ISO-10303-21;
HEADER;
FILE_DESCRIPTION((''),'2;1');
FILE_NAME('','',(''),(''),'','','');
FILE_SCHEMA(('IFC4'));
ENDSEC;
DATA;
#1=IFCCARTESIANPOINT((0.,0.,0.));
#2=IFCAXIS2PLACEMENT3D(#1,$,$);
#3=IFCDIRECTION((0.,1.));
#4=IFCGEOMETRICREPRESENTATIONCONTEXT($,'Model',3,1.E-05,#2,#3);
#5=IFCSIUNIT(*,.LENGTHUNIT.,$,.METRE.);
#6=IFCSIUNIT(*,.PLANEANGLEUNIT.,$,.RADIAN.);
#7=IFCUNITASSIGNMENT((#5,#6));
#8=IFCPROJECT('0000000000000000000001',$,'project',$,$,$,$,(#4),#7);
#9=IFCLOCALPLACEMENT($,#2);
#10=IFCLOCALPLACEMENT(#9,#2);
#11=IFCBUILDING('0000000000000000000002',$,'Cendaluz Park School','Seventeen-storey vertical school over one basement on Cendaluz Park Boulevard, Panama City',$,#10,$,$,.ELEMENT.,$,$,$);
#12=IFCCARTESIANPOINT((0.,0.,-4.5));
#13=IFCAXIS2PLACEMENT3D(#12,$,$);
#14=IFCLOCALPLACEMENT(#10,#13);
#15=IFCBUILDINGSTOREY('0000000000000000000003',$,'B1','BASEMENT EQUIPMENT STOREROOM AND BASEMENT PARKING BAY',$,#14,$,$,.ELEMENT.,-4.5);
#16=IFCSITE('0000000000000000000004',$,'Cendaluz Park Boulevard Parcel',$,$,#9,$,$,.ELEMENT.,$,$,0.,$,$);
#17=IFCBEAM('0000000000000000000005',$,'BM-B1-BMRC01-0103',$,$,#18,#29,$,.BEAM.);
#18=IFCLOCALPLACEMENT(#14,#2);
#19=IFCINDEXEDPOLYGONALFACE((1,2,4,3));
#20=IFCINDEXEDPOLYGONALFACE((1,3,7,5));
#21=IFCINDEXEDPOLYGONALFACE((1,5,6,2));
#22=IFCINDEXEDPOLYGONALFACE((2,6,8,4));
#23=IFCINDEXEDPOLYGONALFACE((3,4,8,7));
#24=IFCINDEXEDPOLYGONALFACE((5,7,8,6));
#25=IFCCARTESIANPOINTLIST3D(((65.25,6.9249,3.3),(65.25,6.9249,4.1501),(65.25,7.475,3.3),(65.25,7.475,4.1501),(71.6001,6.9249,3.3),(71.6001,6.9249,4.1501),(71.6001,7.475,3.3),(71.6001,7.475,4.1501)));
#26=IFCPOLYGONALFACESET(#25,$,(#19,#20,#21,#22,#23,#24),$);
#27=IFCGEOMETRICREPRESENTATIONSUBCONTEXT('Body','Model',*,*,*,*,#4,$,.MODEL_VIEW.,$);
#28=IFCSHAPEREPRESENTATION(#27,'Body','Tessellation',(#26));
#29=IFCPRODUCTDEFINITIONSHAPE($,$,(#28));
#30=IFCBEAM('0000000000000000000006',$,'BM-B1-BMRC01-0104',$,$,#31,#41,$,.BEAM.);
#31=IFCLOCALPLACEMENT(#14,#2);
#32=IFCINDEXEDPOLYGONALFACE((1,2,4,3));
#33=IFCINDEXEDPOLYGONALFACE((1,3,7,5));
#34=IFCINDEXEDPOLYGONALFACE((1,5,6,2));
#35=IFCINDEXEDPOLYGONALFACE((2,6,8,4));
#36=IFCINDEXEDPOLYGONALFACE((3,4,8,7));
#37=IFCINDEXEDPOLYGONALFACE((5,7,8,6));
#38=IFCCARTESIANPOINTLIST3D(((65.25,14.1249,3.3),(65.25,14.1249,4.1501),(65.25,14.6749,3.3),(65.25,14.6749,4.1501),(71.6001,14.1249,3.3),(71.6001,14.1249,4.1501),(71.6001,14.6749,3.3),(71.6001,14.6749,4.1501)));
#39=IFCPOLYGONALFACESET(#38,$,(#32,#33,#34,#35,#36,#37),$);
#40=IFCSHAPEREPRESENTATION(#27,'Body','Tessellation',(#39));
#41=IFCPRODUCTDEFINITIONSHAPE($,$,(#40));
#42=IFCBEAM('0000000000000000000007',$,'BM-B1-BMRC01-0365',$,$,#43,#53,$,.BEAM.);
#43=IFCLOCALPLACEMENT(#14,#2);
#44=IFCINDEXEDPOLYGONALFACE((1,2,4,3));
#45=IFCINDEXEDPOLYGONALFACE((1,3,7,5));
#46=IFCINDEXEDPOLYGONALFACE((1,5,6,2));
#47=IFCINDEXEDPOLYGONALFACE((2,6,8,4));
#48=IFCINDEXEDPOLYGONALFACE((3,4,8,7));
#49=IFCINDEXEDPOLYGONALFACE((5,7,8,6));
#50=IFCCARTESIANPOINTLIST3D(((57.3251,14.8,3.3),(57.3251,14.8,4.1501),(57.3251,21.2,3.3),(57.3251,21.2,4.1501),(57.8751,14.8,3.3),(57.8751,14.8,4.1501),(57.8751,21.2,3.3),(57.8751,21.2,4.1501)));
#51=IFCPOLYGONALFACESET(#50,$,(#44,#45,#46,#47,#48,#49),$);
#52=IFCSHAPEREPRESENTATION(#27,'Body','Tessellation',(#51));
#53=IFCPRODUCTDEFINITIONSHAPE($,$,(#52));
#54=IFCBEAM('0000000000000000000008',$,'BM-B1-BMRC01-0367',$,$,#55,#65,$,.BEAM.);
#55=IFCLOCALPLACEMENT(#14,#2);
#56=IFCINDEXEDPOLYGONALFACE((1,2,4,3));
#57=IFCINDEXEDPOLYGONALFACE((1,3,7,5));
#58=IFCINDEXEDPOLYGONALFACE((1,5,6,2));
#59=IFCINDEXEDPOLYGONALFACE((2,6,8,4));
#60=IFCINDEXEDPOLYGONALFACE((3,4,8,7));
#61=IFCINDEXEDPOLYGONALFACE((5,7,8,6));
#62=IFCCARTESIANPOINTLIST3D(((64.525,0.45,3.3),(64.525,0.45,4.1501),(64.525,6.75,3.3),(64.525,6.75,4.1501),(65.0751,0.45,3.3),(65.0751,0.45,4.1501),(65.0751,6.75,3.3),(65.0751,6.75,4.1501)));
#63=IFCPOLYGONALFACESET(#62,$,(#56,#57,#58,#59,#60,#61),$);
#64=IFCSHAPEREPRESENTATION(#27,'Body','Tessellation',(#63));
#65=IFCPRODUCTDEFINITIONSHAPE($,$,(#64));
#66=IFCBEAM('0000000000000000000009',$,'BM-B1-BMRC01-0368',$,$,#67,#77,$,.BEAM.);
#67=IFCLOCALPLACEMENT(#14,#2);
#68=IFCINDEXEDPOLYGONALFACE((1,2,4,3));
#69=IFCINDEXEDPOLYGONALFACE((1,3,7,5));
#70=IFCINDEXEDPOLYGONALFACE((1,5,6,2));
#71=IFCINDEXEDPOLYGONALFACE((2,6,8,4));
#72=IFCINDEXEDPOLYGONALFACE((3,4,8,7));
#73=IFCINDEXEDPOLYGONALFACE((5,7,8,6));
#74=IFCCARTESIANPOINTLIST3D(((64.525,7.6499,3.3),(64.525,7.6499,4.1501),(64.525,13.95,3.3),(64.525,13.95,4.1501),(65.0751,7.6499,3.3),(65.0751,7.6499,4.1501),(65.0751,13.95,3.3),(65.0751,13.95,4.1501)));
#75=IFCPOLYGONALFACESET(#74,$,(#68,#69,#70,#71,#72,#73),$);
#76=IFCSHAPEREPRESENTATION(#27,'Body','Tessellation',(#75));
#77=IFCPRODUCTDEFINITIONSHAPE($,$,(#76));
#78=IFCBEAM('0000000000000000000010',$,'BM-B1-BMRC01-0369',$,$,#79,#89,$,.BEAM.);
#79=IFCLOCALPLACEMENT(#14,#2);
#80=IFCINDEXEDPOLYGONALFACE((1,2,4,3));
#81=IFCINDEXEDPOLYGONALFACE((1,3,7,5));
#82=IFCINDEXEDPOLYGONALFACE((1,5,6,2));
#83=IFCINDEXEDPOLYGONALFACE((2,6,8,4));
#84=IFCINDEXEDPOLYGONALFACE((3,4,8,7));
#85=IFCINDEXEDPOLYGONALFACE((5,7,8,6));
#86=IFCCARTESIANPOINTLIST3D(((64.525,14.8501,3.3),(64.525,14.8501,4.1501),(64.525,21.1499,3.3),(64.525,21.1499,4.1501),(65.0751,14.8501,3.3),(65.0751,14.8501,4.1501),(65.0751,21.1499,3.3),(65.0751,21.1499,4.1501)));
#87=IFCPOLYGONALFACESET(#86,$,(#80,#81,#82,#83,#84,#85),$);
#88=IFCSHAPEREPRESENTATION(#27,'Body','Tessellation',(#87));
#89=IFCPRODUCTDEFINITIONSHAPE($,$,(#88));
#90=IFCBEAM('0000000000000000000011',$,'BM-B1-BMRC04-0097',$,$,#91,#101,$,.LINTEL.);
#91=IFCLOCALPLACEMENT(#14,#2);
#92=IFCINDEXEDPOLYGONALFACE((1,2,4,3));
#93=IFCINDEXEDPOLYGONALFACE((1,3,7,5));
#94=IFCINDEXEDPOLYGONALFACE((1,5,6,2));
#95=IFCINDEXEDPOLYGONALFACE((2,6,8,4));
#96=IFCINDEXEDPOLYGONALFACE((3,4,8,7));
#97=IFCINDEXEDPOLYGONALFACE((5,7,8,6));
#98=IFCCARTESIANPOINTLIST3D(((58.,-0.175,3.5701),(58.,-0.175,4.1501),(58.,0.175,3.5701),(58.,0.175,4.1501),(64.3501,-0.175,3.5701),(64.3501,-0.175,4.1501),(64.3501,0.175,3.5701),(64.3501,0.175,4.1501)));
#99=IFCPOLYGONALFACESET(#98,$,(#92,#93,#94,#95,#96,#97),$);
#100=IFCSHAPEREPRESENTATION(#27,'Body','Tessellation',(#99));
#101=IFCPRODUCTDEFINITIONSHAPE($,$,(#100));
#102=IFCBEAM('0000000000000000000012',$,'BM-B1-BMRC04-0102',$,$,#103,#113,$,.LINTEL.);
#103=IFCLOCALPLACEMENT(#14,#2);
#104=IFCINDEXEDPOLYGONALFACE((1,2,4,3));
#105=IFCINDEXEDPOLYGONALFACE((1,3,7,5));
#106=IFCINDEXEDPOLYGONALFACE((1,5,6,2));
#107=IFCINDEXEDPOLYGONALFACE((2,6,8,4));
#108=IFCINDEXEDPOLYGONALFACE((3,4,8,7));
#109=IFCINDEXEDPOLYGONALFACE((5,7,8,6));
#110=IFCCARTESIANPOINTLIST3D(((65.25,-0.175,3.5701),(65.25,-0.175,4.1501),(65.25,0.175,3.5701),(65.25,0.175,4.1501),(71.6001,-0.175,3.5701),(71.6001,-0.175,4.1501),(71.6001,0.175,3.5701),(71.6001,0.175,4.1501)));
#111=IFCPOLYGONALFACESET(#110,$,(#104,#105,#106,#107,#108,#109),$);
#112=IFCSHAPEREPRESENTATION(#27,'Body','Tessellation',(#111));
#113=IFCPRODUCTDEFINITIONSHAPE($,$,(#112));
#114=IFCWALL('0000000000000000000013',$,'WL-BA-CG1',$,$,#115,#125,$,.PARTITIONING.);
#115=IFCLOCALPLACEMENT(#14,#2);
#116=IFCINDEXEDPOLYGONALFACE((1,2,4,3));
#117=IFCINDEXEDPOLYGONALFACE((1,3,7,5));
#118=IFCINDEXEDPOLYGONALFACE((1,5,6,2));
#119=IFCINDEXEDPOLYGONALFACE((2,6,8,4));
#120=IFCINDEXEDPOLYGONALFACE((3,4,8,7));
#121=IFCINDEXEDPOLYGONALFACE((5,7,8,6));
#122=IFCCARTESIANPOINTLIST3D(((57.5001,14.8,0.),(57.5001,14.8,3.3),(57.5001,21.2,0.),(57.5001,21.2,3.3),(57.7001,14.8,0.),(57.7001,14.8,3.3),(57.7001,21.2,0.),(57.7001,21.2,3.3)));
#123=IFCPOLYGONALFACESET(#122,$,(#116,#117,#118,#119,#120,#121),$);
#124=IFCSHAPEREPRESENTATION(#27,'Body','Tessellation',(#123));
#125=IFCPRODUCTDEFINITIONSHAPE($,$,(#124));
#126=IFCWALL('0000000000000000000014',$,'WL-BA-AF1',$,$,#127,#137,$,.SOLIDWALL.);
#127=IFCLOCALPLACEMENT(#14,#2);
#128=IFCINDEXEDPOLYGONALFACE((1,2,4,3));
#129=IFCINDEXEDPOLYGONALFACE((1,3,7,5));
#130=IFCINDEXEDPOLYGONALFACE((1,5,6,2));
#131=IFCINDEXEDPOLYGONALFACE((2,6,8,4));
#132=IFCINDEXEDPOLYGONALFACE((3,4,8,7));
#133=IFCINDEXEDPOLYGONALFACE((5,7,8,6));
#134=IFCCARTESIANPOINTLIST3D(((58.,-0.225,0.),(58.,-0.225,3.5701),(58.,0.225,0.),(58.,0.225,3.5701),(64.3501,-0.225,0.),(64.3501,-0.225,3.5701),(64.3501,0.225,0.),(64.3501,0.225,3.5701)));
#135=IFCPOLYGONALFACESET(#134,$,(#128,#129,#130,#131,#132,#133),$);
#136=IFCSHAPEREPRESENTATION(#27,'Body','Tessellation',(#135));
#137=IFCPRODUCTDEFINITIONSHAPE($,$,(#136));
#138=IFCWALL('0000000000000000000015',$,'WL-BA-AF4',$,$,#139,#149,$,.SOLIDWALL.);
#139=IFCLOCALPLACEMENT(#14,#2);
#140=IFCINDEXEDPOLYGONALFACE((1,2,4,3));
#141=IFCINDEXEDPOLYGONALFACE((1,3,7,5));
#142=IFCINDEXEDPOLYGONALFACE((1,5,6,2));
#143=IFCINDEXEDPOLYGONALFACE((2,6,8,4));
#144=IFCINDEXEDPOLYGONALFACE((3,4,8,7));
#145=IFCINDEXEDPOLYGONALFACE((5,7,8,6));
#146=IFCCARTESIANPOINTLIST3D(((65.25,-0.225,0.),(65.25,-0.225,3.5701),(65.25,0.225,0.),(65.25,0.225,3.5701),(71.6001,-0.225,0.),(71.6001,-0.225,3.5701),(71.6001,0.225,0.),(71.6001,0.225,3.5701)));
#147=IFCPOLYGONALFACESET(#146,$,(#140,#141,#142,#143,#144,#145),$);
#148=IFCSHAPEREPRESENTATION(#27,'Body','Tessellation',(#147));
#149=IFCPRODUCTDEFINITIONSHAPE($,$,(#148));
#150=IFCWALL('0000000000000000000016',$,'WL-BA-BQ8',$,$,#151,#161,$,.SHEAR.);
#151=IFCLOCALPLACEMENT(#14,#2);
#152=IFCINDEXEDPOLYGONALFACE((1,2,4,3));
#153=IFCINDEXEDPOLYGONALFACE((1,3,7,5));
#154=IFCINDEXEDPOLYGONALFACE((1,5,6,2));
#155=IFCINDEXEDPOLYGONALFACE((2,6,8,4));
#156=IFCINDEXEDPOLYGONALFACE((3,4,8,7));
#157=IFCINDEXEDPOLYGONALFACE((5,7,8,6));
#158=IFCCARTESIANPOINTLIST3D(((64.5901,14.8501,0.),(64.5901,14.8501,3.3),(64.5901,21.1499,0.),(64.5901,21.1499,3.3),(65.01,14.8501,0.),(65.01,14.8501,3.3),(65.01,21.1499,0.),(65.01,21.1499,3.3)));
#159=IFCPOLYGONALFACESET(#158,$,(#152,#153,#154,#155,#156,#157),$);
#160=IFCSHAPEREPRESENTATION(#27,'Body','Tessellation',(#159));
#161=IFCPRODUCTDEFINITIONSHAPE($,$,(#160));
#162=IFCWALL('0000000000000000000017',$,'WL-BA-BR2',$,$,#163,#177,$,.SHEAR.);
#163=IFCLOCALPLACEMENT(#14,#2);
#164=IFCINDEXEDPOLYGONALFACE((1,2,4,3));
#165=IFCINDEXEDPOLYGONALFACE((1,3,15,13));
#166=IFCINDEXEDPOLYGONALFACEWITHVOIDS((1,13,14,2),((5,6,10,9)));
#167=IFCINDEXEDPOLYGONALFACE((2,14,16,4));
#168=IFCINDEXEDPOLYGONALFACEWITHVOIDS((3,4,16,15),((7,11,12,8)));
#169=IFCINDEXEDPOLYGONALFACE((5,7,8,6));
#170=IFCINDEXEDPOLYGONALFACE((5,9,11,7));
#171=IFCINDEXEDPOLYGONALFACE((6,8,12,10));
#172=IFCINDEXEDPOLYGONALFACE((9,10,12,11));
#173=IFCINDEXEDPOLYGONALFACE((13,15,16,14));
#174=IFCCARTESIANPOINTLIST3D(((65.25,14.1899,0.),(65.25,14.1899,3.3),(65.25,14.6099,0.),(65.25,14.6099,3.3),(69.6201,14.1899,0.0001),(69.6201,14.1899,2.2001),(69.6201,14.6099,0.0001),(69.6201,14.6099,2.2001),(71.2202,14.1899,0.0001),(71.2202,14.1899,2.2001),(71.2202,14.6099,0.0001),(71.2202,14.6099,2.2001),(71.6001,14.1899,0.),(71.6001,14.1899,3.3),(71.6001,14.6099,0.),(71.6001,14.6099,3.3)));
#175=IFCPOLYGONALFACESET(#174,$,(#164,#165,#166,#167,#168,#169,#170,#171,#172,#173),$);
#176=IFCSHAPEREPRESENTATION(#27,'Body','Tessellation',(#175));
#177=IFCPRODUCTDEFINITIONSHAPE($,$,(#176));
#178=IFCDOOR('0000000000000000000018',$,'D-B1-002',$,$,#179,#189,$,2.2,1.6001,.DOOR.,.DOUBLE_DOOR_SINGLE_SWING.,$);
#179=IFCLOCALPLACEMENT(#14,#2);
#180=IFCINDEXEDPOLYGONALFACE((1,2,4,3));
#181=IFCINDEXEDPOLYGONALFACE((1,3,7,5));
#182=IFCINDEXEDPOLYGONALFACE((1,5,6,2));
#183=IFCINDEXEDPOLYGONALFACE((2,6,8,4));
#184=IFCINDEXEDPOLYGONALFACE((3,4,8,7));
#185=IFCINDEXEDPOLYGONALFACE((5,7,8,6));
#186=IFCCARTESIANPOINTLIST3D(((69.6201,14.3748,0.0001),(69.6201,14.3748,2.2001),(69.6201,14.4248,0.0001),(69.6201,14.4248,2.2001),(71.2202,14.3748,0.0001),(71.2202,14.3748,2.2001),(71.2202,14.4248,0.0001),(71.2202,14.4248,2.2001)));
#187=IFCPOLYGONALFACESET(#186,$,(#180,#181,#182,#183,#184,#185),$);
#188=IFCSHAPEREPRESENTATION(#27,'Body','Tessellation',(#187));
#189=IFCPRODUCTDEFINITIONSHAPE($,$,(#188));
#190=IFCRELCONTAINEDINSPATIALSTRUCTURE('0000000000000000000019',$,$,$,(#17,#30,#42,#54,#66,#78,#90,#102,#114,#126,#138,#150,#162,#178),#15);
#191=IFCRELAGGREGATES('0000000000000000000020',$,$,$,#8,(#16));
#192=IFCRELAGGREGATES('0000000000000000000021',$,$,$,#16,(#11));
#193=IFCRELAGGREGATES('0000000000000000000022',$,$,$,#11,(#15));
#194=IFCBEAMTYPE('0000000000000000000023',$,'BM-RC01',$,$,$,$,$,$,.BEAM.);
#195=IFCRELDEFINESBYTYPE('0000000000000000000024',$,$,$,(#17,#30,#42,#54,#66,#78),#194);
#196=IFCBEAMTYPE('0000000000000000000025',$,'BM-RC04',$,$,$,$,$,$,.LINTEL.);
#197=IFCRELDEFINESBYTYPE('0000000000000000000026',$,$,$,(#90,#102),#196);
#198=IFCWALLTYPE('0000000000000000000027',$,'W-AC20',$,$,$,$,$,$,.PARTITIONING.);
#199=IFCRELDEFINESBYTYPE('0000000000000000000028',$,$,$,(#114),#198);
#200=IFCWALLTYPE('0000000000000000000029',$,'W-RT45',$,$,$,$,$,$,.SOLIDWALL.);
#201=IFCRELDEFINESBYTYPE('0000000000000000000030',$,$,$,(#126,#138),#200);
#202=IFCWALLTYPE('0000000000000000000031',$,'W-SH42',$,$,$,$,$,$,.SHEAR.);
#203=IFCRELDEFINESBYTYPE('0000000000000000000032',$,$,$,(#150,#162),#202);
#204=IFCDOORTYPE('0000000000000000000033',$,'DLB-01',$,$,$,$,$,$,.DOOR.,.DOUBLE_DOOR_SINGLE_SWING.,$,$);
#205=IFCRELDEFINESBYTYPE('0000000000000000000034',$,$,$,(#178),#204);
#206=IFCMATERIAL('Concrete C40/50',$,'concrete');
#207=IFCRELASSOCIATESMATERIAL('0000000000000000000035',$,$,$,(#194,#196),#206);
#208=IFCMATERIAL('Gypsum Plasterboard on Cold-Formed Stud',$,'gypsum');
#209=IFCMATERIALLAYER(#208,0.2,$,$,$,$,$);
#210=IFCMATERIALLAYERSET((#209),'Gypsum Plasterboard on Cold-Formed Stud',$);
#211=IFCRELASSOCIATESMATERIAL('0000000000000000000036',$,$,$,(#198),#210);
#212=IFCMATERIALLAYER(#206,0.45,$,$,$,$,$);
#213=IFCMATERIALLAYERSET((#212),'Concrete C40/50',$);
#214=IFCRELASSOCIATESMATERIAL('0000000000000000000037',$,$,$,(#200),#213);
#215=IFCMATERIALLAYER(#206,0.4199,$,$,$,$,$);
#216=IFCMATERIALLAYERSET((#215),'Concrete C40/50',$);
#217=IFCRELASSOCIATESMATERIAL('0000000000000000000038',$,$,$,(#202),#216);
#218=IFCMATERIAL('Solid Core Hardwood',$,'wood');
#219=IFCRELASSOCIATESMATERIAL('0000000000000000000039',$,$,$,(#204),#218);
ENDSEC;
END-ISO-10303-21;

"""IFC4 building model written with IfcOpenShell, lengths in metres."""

from ifc_helpers import new_model, si_unit, direction, frame, frame_2d, origin, origin_2d, place, context, subcontext, project, spatial, rectangle, extrude, material, layer, layer_set, material_profile, profile_set, type_object, element, fill, save


model = new_model("IFC4")

# Units and contexts
model_context = context("Model", 3, precision=1e-05, world=origin(), true_north=direction((0.0, 1.0)))
body_context = subcontext(model_context, "Body", "Model", "MODEL_VIEW")
ifc_project = project(units=[si_unit("LENGTHUNIT", "METRE"), si_unit("PLANEANGLEUNIT", "RADIAN")], contexts=[model_context])

# Site, building, storey
site_placement = place(None, origin())
site = spatial("IfcSite", under=ifc_project, at=site_placement, Name="Cendaluz Park Boulevard Parcel", CompositionType="ELEMENT", RefElevation=0.0)
building_placement = place(site_placement, origin())
building = spatial("IfcBuilding", under=site, at=building_placement, Name="Cendaluz Park School", Description="Seventeen-storey vertical school over one basement on Cendaluz Park Boulevard, Panama City", CompositionType="ELEMENT")
storey_placement = place(building_placement, frame((0.0, 0.0, -4.5)))
storey = spatial("IfcBuildingStorey", under=building, at=storey_placement, Name="B1", Description="BASEMENT EQUIPMENT STOREROOM AND BASEMENT PARKING BAY", CompositionType="ELEMENT", Elevation=-4.5)

# Shared definitions
ifc_material_1 = material(Name="Concrete C40/50", Category="concrete")

# Beams
ifc_material_profile_1 = material_profile(ifc_material_1, rectangle(XDim=0.55, YDim=0.8501, at=origin_2d()), Name="RC 550x850", Category="concrete")
ifc_profile_set_1 = profile_set([ifc_material_profile_1], Name="Concrete C40/50")
beam_type_1 = type_object("IfcBeamType", Name="BM-RC01", PredefinedType="BEAM", material=ifc_profile_set_1)
for number, where, z_axis, x_axis, name in (
    (1, (65.25, 7.2, 3.7251), (1.0, 0.0, 0.0), (0.0, 1.0, 0.0), "BM-B1-BMRC01-0103"),
    (2, (65.25, 14.3999, 3.7251), (1.0, 0.0, 0.0), (0.0, 1.0, 0.0), "BM-B1-BMRC01-0104"),
):
    element("IfcBeam", number, at=place(storey_placement, frame(where, z_axis=z_axis, x_axis=x_axis)), inside=storey, type_object=beam_type_1, Name=name, PredefinedType="BEAM", context=body_context, shape_type="SweptSolid", body=[
        extrude(rectangle(XDim=0.55, YDim=0.8501, at=origin_2d()), origin(), (0.0, 0.0, 1.0), 6.3501),
    ])
beam_1_placement = place(storey_placement, frame((57.6001, 14.8, 3.7251), z_axis=(0.0, 1.0, 0.0), x_axis=(-1.0, 0.0, 0.0)))
element("IfcBeam", 3, at=beam_1_placement, inside=storey, type_object=beam_type_1, Name="BM-B1-BMRC01-0365", PredefinedType="BEAM", context=body_context, shape_type="SweptSolid", body=[
    extrude(rectangle(XDim=0.55, YDim=0.8501, at=origin_2d()), origin(), (0.0, 0.0, 1.0), 6.3999),
])
for number, where, z_axis, x_axis, name in (
    (4, (64.8, 0.45, 3.7251), (0.0, 1.0, 0.0), (-1.0, 0.0, 0.0), "BM-B1-BMRC01-0367"),
    (5, (64.8, 7.6499, 3.7251), (0.0, 1.0, 0.0), (-1.0, 0.0, 0.0), "BM-B1-BMRC01-0368"),
):
    element("IfcBeam", number, at=place(storey_placement, frame(where, z_axis=z_axis, x_axis=x_axis)), inside=storey, type_object=beam_type_1, Name=name, PredefinedType="BEAM", context=body_context, shape_type="SweptSolid", body=[
        extrude(rectangle(XDim=0.55, YDim=0.8501, at=origin_2d()), origin(), (0.0, 0.0, 1.0), 6.3),
    ])
beam_2_placement = place(storey_placement, frame((64.8, 14.8501, 3.7251), z_axis=(0.0, 1.0, 0.0), x_axis=(-1.0, 0.0, 0.0)))
element("IfcBeam", 6, at=beam_2_placement, inside=storey, type_object=beam_type_1, Name="BM-B1-BMRC01-0369", PredefinedType="BEAM", context=body_context, shape_type="SweptSolid", body=[
    extrude(rectangle(XDim=0.55, YDim=0.8501, at=origin_2d()), origin(), (0.0, 0.0, 1.0), 6.2998),
])
ifc_material_profile_2 = material_profile(ifc_material_1, rectangle(XDim=0.3501, YDim=0.5801, at=origin_2d()), Name="RC 350x580", Category="concrete")
ifc_profile_set_2 = profile_set([ifc_material_profile_2], Name="Concrete C40/50")
beam_type_2 = type_object("IfcBeamType", Name="BM-RC04", PredefinedType="LINTEL", material=ifc_profile_set_2)
for number, where, z_axis, x_axis, name in (
    (7, (58.0, 0.0, 3.8601), (1.0, 0.0, 0.0), (0.0, 1.0, 0.0), "BM-B1-BMRC04-0097"),
    (8, (65.25, 0.0, 3.8601), (1.0, 0.0, 0.0), (0.0, 1.0, 0.0), "BM-B1-BMRC04-0102"),
):
    element("IfcBeam", number, at=place(storey_placement, frame(where, z_axis=z_axis, x_axis=x_axis)), inside=storey, type_object=beam_type_2, Name=name, PredefinedType="LINTEL", context=body_context, shape_type="SweptSolid", body=[
        extrude(rectangle(XDim=0.3501, YDim=0.5801, at=origin_2d()), origin(), (0.0, 0.0, 1.0), 6.3501),
    ])

# Walls
ifc_material_2 = material(Name="Gypsum Plasterboard on Cold-Formed Stud", Category="gypsum")
ifc_layer_1 = layer(ifc_material_2, 0.2)
ifc_layer_set_1 = layer_set([ifc_layer_1], Name="Gypsum Plasterboard on Cold-Formed Stud")
wall_type_1 = type_object("IfcWallType", Name="W-AC20", PredefinedType="PARTITIONING", material=ifc_layer_set_1)
wall_1_placement = place(storey_placement, frame((57.6001, 14.8, 0.0), z_axis=(0.0, 0.0, 1.0), x_axis=(0.0, 1.0, 0.0)))
element("IfcWall", 9, at=wall_1_placement, inside=storey, type_object=wall_type_1, Name="WL-BA-CG1", PredefinedType="PARTITIONING", context=body_context, shape_type="SweptSolid", body=[
    extrude(rectangle(XDim=6.3999, YDim=0.2, at=frame_2d((3.2, 0.0))), origin(), (0.0, 0.0, 1.0), 3.3),
])
ifc_layer_2 = layer(ifc_material_1, 0.45)
ifc_layer_set_2 = layer_set([ifc_layer_2], Name="Concrete C40/50")
wall_type_2 = type_object("IfcWallType", Name="W-RT45", PredefinedType="SOLIDWALL", material=ifc_layer_set_2)
for number, where, z_axis, x_axis, name in (
    (10, (58.0, 0.0, 0.0), (0.0, 0.0, 1.0), (1.0, 0.0, 0.0), "WL-BA-AF1"),
    (11, (65.25, 0.0, 0.0), (0.0, 0.0, 1.0), (1.0, 0.0, 0.0), "WL-BA-AF4"),
):
    element("IfcWall", number, at=place(storey_placement, frame(where, z_axis=z_axis, x_axis=x_axis)), inside=storey, type_object=wall_type_2, Name=name, PredefinedType="SOLIDWALL", context=body_context, shape_type="SweptSolid", body=[
        extrude(rectangle(XDim=6.3501, YDim=0.45, at=frame_2d((3.175, 0.0))), origin(), (0.0, 0.0, 1.0), 3.5701),
    ])
ifc_layer_3 = layer(ifc_material_1, 0.4199)
ifc_layer_set_3 = layer_set([ifc_layer_3], Name="Concrete C40/50")
wall_type_3 = type_object("IfcWallType", Name="W-SH42", PredefinedType="SHEAR", material=ifc_layer_set_3)
wall_2_placement = place(storey_placement, frame((64.8, 14.8501, 0.0), z_axis=(0.0, 0.0, 1.0), x_axis=(0.0, 1.0, 0.0)))
element("IfcWall", 12, at=wall_2_placement, inside=storey, type_object=wall_type_3, Name="WL-BA-BQ8", PredefinedType="SHEAR", context=body_context, shape_type="SweptSolid", body=[
    extrude(rectangle(XDim=6.2998, YDim=0.4199, at=frame_2d((3.1499, 0.0))), origin(), (0.0, 0.0, 1.0), 3.3),
])

# Wall, opening, door
wall_3_placement = place(storey_placement, frame((65.25, 14.3999, 0.0), z_axis=(0.0, 0.0, 1.0), x_axis=(1.0, 0.0, 0.0)))
wall_3 = element("IfcWall", 13, at=wall_3_placement, inside=storey, type_object=wall_type_3, Name="WL-BA-BR2", PredefinedType="SHEAR", context=body_context, shape_type="SweptSolid", body=[
    extrude(rectangle(XDim=6.3501, YDim=0.4199, at=frame_2d((3.175, 0.0))), origin(), (0.0, 0.0, 1.0), 3.3),
])
opening_1_placement = place(wall_3_placement, frame((4.3701, 0.0, 0.0)))
opening_1 = element("IfcOpeningElement", 14, at=opening_1_placement, cuts=wall_3, PredefinedType="OPENING", context=body_context, shape_type="SweptSolid", body=[
    extrude(rectangle(XDim=1.6001, YDim=2.2, at=frame_2d((0.8, 1.1001))), frame((0.0, 0.2219, 0.0), z_axis=(0.0, -1.0, 0.0), x_axis=(1.0, 0.0, 0.0)), (0.0, 0.0, 1.0), 0.4438),
])
ifc_material_3 = material(Name="Solid Core Hardwood", Category="wood")
door_type_1 = type_object("IfcDoorType", Name="DLB-01", OperationType="DOUBLE_DOOR_SINGLE_SWING", PredefinedType="DOOR", material=ifc_material_3)
door_1_placement = place(opening_1_placement, origin())
door_1 = element("IfcDoor", 15, at=door_1_placement, inside=storey, type_object=door_type_1, Name="D-B1-002", OperationType="DOUBLE_DOOR_SINGLE_SWING", OverallHeight=2.2, OverallWidth=1.6001, PredefinedType="DOOR", context=body_context, shape_type="SweptSolid", body=[
    extrude(rectangle(XDim=1.6001, YDim=2.2, at=frame_2d((0.8, 1.1001))), frame((0.0, 0.0249, 0.0), z_axis=(0.0, -1.0, 0.0), x_axis=(1.0, 0.0, 0.0)), (0.0, 0.0, 1.0), 0.05),
])
fill(opening_1, door_1)

save(model, "model.ifc")
